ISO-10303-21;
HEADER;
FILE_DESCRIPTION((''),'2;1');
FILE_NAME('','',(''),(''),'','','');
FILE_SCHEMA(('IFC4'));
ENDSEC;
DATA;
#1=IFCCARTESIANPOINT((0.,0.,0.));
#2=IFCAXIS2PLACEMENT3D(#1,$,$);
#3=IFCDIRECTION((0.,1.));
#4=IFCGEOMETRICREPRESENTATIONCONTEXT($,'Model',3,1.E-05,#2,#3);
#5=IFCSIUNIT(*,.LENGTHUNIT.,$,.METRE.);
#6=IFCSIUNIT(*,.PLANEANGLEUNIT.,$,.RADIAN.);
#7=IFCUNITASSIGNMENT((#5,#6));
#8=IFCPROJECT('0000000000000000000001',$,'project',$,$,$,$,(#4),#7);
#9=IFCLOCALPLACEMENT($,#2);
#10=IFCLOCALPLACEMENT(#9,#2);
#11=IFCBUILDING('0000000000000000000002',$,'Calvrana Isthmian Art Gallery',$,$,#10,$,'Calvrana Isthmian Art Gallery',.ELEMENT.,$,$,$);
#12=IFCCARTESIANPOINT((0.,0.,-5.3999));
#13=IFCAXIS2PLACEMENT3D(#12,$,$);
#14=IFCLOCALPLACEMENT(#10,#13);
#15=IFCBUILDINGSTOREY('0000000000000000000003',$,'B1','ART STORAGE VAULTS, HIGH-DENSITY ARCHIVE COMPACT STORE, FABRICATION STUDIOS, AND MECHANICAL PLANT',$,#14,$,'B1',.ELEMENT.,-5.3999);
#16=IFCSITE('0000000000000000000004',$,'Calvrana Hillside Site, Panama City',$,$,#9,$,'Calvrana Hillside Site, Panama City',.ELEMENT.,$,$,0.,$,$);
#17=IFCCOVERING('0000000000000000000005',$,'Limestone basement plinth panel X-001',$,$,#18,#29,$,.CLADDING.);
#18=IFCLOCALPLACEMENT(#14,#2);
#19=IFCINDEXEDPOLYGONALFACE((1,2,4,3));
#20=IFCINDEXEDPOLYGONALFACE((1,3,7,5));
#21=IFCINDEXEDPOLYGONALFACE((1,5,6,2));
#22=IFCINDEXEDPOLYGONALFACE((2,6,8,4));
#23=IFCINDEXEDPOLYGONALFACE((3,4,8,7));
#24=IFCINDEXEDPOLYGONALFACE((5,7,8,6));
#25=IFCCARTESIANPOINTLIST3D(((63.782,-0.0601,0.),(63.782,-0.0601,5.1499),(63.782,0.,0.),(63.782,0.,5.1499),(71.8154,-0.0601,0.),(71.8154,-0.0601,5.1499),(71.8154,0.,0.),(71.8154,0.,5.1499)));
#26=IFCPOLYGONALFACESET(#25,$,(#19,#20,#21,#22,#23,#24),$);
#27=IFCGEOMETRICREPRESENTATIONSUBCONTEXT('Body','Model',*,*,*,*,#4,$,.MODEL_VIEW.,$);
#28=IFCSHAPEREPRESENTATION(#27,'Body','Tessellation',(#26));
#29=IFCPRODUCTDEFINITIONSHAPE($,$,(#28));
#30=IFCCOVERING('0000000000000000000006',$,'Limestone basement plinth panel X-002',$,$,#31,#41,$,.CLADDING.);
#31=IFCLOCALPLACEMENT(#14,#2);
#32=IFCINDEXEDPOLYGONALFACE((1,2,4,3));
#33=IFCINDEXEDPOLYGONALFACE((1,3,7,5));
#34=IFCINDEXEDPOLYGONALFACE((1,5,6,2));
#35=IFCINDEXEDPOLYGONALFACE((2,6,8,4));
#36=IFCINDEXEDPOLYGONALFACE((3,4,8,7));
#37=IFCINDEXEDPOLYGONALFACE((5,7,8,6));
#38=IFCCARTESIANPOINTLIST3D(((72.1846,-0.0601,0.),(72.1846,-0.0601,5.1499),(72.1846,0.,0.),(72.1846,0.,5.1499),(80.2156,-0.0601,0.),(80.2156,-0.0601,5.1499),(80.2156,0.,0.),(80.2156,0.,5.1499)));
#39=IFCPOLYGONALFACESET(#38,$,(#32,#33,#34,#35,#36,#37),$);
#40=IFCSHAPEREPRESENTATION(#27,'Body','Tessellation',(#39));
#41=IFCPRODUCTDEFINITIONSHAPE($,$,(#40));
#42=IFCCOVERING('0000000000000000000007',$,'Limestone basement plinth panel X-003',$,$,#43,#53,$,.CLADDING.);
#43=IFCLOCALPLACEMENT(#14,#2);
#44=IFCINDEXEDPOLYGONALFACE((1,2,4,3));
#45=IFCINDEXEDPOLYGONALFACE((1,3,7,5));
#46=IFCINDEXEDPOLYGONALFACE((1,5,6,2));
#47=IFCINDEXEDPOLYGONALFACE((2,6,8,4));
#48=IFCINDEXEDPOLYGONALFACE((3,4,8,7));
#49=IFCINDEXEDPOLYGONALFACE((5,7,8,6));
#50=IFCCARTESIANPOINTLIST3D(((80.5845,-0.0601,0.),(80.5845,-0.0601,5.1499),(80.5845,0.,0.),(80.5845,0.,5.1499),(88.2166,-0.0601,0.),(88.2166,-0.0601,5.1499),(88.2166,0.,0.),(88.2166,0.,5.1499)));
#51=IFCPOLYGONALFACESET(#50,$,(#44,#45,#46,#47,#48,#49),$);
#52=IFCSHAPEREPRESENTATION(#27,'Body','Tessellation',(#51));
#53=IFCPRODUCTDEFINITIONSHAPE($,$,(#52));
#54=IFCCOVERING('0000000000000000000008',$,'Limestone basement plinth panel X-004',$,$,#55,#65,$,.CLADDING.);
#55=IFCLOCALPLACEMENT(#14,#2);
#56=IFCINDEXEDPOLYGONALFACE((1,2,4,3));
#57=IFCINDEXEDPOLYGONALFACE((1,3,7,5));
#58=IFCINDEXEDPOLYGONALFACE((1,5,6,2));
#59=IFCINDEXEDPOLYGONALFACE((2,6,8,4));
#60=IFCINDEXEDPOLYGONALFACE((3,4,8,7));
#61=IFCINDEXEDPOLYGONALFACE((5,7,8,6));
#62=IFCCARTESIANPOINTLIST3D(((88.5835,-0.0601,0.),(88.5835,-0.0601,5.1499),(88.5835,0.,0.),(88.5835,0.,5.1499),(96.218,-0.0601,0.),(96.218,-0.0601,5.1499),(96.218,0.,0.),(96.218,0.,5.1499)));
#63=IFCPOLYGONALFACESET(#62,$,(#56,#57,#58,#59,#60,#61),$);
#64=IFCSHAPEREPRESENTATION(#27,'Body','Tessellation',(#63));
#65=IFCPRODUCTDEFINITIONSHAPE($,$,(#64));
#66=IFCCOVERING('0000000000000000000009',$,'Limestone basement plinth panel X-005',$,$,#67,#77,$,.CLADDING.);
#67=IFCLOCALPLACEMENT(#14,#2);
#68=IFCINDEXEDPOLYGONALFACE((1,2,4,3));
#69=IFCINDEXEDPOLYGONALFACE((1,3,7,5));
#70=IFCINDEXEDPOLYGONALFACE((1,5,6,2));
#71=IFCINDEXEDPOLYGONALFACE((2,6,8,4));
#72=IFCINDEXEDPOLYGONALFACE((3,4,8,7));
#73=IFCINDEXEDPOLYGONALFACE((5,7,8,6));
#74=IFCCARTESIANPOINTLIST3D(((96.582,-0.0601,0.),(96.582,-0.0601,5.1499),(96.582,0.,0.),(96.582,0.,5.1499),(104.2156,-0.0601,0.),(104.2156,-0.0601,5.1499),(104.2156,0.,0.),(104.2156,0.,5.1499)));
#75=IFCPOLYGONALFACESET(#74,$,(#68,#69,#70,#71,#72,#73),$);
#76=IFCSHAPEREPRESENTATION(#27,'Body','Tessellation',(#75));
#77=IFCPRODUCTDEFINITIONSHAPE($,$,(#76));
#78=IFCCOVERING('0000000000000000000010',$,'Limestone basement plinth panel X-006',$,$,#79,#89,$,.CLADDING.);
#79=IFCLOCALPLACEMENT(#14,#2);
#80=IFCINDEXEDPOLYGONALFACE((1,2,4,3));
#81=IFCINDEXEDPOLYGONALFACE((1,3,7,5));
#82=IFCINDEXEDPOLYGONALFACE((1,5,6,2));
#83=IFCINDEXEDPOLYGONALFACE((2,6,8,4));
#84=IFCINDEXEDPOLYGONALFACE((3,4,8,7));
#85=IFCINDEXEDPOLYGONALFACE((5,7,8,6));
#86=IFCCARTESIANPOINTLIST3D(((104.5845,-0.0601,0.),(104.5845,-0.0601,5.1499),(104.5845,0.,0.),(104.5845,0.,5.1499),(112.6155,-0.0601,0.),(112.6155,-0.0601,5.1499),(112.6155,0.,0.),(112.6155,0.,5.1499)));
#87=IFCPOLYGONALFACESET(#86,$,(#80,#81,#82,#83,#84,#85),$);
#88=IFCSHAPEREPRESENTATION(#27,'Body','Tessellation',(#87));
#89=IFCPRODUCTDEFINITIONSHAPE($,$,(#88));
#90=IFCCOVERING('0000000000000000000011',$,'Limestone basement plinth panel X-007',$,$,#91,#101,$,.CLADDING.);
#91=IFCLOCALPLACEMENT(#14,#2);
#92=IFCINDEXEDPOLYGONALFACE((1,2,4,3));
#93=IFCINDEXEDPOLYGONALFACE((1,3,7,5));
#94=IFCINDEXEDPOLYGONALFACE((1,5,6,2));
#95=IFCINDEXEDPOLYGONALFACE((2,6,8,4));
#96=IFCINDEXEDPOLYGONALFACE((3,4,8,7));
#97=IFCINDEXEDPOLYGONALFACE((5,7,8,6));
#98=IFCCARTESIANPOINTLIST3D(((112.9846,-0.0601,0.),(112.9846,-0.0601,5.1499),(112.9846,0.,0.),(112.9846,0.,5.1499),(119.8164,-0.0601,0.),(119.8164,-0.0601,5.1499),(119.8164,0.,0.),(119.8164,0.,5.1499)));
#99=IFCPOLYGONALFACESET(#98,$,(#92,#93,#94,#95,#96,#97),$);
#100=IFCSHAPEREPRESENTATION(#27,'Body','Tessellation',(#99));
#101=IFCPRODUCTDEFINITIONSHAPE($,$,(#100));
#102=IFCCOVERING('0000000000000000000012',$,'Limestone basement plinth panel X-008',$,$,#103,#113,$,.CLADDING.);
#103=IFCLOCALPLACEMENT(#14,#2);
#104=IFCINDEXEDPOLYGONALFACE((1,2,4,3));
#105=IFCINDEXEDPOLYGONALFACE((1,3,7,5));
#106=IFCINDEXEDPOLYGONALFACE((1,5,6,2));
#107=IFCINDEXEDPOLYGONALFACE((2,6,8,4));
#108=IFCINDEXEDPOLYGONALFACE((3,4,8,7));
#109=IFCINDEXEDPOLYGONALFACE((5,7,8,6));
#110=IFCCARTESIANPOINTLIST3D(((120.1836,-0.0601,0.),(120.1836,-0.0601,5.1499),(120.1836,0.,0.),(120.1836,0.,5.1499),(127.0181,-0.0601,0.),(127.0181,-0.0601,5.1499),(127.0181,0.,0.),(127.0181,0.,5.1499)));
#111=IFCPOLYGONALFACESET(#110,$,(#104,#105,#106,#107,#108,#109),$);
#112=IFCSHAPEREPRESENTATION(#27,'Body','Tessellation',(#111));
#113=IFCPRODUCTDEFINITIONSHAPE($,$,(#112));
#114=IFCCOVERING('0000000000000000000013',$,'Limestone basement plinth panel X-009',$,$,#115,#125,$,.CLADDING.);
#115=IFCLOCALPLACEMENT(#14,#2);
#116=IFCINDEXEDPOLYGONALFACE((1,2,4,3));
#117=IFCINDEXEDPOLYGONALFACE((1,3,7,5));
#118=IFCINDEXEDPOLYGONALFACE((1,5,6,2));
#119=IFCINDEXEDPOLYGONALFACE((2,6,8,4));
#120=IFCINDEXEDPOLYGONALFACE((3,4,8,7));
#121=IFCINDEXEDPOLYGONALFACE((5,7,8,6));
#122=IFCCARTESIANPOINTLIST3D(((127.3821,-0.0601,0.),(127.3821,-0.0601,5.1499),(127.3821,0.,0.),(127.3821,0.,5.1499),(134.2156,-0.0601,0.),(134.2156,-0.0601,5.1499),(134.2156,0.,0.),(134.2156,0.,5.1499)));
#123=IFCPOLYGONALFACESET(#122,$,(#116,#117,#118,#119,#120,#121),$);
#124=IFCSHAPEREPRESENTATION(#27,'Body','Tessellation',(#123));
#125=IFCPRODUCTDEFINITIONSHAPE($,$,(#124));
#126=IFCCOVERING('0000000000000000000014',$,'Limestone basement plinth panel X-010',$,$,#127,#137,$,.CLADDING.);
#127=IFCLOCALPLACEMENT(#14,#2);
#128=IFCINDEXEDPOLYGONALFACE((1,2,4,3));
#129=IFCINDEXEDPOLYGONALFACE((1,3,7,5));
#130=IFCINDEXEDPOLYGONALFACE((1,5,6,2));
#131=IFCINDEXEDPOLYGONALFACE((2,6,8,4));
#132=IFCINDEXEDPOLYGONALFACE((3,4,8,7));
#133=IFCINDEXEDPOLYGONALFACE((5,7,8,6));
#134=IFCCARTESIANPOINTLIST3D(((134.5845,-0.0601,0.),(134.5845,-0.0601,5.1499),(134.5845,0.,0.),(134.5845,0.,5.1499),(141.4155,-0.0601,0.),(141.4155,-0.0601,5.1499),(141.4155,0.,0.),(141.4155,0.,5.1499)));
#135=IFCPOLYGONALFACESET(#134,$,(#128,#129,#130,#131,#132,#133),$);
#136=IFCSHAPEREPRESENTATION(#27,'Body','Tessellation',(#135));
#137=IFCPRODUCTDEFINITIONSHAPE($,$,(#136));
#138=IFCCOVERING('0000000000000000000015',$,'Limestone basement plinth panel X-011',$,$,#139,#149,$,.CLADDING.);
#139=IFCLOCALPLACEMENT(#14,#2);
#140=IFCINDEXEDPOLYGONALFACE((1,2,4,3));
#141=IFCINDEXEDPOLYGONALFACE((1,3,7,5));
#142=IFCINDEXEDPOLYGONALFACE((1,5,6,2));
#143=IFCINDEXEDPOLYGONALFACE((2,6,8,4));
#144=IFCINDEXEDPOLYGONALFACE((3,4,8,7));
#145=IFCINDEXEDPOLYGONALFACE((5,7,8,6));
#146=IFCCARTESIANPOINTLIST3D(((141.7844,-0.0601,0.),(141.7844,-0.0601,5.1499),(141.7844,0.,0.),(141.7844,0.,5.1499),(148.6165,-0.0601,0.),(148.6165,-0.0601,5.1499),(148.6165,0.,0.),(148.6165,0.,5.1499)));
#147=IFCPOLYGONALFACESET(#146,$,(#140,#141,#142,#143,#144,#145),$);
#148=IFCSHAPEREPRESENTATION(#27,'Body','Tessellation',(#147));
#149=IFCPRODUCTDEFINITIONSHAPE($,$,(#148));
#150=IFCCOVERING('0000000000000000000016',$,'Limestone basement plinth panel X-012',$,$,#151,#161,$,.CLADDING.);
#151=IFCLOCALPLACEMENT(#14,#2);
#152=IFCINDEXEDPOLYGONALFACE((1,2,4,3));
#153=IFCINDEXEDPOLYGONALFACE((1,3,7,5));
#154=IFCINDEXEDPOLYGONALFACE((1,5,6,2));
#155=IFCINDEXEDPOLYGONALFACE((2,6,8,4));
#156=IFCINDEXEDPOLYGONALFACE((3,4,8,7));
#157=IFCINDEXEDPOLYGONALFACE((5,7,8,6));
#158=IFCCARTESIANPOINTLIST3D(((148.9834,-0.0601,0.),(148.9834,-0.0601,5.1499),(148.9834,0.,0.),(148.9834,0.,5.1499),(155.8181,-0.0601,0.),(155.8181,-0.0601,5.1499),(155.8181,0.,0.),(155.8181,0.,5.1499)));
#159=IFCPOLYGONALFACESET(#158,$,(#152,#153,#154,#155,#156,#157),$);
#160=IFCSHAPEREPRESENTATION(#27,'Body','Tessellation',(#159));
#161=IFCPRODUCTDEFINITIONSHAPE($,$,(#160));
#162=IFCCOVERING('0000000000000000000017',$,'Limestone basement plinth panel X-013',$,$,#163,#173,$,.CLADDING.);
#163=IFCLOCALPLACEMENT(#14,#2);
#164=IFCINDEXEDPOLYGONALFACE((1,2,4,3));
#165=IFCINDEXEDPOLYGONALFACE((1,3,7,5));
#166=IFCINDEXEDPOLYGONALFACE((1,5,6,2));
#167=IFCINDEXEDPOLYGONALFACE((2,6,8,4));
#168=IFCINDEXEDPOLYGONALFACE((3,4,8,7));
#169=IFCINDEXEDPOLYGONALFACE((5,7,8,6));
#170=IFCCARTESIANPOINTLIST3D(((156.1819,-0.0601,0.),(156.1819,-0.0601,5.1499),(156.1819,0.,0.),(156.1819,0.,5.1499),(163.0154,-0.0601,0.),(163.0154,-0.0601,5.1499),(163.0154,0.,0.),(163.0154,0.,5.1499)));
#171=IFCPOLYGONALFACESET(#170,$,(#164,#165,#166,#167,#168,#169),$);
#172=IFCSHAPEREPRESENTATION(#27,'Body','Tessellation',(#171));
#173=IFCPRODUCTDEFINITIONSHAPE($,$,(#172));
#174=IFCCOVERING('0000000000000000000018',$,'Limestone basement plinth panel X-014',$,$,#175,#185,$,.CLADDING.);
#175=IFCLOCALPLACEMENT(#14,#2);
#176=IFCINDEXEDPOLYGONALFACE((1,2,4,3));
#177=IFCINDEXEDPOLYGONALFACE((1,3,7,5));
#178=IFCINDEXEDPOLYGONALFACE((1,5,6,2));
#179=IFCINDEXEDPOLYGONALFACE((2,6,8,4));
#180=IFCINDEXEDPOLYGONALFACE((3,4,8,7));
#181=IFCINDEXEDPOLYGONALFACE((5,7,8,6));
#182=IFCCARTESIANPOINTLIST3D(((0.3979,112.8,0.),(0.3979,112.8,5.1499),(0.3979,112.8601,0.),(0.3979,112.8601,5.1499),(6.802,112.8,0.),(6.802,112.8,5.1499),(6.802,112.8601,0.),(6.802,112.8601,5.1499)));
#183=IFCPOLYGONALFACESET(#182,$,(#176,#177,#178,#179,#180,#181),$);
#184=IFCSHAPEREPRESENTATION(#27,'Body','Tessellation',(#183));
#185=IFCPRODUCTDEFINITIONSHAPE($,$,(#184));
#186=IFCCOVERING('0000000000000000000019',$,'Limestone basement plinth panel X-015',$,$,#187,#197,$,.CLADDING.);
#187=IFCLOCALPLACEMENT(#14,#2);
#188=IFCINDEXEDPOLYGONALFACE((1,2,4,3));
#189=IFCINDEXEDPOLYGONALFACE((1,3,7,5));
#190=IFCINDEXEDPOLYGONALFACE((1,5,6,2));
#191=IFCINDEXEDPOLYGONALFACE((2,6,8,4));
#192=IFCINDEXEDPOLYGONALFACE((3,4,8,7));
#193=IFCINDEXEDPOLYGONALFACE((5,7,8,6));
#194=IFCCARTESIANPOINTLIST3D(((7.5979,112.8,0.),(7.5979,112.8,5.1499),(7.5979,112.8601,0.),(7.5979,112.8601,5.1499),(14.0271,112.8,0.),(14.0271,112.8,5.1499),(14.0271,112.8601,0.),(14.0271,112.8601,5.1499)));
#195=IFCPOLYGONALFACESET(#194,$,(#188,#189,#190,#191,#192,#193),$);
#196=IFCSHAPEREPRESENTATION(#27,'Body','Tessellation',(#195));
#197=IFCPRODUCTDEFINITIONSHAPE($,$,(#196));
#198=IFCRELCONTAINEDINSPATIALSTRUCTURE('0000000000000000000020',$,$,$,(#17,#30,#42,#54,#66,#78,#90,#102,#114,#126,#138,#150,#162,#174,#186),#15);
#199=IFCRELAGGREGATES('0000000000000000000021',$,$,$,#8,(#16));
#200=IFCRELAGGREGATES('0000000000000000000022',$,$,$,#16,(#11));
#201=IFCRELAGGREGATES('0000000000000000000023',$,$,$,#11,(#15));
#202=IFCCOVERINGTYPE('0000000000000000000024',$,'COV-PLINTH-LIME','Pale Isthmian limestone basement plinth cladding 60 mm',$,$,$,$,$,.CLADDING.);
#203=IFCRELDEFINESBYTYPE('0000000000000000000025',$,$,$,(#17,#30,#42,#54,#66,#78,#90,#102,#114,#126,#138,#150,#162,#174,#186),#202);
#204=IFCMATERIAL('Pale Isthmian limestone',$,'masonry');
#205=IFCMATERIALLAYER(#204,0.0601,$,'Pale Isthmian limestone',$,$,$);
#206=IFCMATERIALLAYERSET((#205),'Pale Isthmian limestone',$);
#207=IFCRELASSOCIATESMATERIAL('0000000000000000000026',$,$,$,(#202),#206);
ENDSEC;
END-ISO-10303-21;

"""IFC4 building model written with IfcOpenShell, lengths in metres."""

from ifc_helpers import new_model, si_unit, direction, frame, origin, place, context, subcontext, project, spatial, polyline, outline, extrude, material, layer, layer_set, type_object, element, save


model = new_model("IFC4")

# Units and contexts
model_context = context("Model", 3, precision=1e-05, world=origin(), true_north=direction((0.0, 1.0)))
body_context = subcontext(model_context, "Body", "Model", "MODEL_VIEW")
ifc_project = project(units=[si_unit("LENGTHUNIT", "METRE"), si_unit("PLANEANGLEUNIT", "RADIAN")], contexts=[model_context])

# Site, building, storey
site_placement = place(None, origin())
site = spatial("IfcSite", under=ifc_project, at=site_placement, Name="Calvrana Hillside Site, Panama City", LongName="Calvrana Hillside Site, Panama City", CompositionType="ELEMENT", RefElevation=0.0)
building_placement = place(site_placement, origin())
building = spatial("IfcBuilding", under=site, at=building_placement, Name="Calvrana Isthmian Art Gallery", LongName="Calvrana Isthmian Art Gallery", CompositionType="ELEMENT")
storey_placement = place(building_placement, frame((0.0, 0.0, -5.3999)))
storey = spatial("IfcBuildingStorey", under=building, at=storey_placement, Name="B1", Description="ART STORAGE VAULTS, HIGH-DENSITY ARCHIVE COMPACT STORE, FABRICATION STUDIOS, AND MECHANICAL PLANT", LongName="B1", CompositionType="ELEMENT", Elevation=-5.3999)

# Coverings
ifc_material_1 = material(Name="Pale Isthmian limestone", Category="masonry")
ifc_layer = layer(ifc_material_1, 0.0601, Name="Pale Isthmian limestone")
ifc_layer_set = layer_set([ifc_layer], Name="Pale Isthmian limestone")
covering_type = type_object("IfcCoveringType", Name="COV-PLINTH-LIME", Description="Pale Isthmian limestone basement plinth cladding 60 mm", PredefinedType="CLADDING", material=ifc_layer_set)
covering_1_placement = place(storey_placement, origin())
element("IfcCovering", 1, at=covering_1_placement, inside=storey, type_object=covering_type, Name="Limestone basement plinth panel X-001", PredefinedType="CLADDING", context=body_context, shape_type="SweptSolid", body=[
    extrude(outline(polyline([(63.782, -0.0601), (71.8154, -0.0601), (71.8154, 0.0), (63.782, 0.0), (63.782, -0.0601)])), origin(), (0.0, 0.0, 1.0), 5.1499),
])
covering_2_placement = place(storey_placement, origin())
element("IfcCovering", 2, at=covering_2_placement, inside=storey, type_object=covering_type, Name="Limestone basement plinth panel X-002", PredefinedType="CLADDING", context=body_context, shape_type="SweptSolid", body=[
    extrude(outline(polyline([(72.1846, -0.0601), (80.2156, -0.0601), (80.2156, 0.0), (72.1846, 0.0), (72.1846, -0.0601)])), origin(), (0.0, 0.0, 1.0), 5.1499),
])
covering_3_placement = place(storey_placement, origin())
element("IfcCovering", 3, at=covering_3_placement, inside=storey, type_object=covering_type, Name="Limestone basement plinth panel X-003", PredefinedType="CLADDING", context=body_context, shape_type="SweptSolid", body=[
    extrude(outline(polyline([(80.5845, -0.0601), (88.2166, -0.0601), (88.2166, 0.0), (80.5845, 0.0), (80.5845, -0.0601)])), origin(), (0.0, 0.0, 1.0), 5.1499),
])
covering_4_placement = place(storey_placement, origin())
element("IfcCovering", 4, at=covering_4_placement, inside=storey, type_object=covering_type, Name="Limestone basement plinth panel X-004", PredefinedType="CLADDING", context=body_context, shape_type="SweptSolid", body=[
    extrude(outline(polyline([(88.5835, -0.0601), (96.218, -0.0601), (96.218, 0.0), (88.5835, 0.0), (88.5835, -0.0601)])), origin(), (0.0, 0.0, 1.0), 5.1499),
])
covering_5_placement = place(storey_placement, origin())
element("IfcCovering", 5, at=covering_5_placement, inside=storey, type_object=covering_type, Name="Limestone basement plinth panel X-005", PredefinedType="CLADDING", context=body_context, shape_type="SweptSolid", body=[
    extrude(outline(polyline([(96.582, -0.0601), (104.2156, -0.0601), (104.2156, 0.0), (96.582, 0.0), (96.582, -0.0601)])), origin(), (0.0, 0.0, 1.0), 5.1499),
])
covering_6_placement = place(storey_placement, origin())
element("IfcCovering", 6, at=covering_6_placement, inside=storey, type_object=covering_type, Name="Limestone basement plinth panel X-006", PredefinedType="CLADDING", context=body_context, shape_type="SweptSolid", body=[
    extrude(outline(polyline([(104.5845, -0.0601), (112.6155, -0.0601), (112.6155, 0.0), (104.5845, 0.0), (104.5845, -0.0601)])), origin(), (0.0, 0.0, 1.0), 5.1499),
])
covering_7_placement = place(storey_placement, origin())
element("IfcCovering", 7, at=covering_7_placement, inside=storey, type_object=covering_type, Name="Limestone basement plinth panel X-007", PredefinedType="CLADDING", context=body_context, shape_type="SweptSolid", body=[
    extrude(outline(polyline([(112.9846, -0.0601), (119.8164, -0.0601), (119.8164, 0.0), (112.9846, 0.0), (112.9846, -0.0601)])), origin(), (0.0, 0.0, 1.0), 5.1499),
])
covering_8_placement = place(storey_placement, origin())
element("IfcCovering", 8, at=covering_8_placement, inside=storey, type_object=covering_type, Name="Limestone basement plinth panel X-008", PredefinedType="CLADDING", context=body_context, shape_type="SweptSolid", body=[
    extrude(outline(polyline([(120.1836, -0.0601), (127.0181, -0.0601), (127.0181, 0.0), (120.1836, 0.0), (120.1836, -0.0601)])), origin(), (0.0, 0.0, 1.0), 5.1499),
])
covering_9_placement = place(storey_placement, origin())
element("IfcCovering", 9, at=covering_9_placement, inside=storey, type_object=covering_type, Name="Limestone basement plinth panel X-009", PredefinedType="CLADDING", context=body_context, shape_type="SweptSolid", body=[
    extrude(outline(polyline([(127.3821, -0.0601), (134.2156, -0.0601), (134.2156, 0.0), (127.3821, 0.0), (127.3821, -0.0601)])), origin(), (0.0, 0.0, 1.0), 5.1499),
])
covering_10_placement = place(storey_placement, origin())
element("IfcCovering", 10, at=covering_10_placement, inside=storey, type_object=covering_type, Name="Limestone basement plinth panel X-010", PredefinedType="CLADDING", context=body_context, shape_type="SweptSolid", body=[
    extrude(outline(polyline([(134.5845, -0.0601), (141.4155, -0.0601), (141.4155, 0.0), (134.5845, 0.0), (134.5845, -0.0601)])), origin(), (0.0, 0.0, 1.0), 5.1499),
])
covering_11_placement = place(storey_placement, origin())
element("IfcCovering", 11, at=covering_11_placement, inside=storey, type_object=covering_type, Name="Limestone basement plinth panel X-011", PredefinedType="CLADDING", context=body_context, shape_type="SweptSolid", body=[
    extrude(outline(polyline([(141.7844, -0.0601), (148.6165, -0.0601), (148.6165, 0.0), (141.7844, 0.0), (141.7844, -0.0601)])), origin(), (0.0, 0.0, 1.0), 5.1499),
])
covering_12_placement = place(storey_placement, origin())
element("IfcCovering", 12, at=covering_12_placement, inside=storey, type_object=covering_type, Name="Limestone basement plinth panel X-012", PredefinedType="CLADDING", context=body_context, shape_type="SweptSolid", body=[
    extrude(outline(polyline([(148.9834, -0.0601), (155.8181, -0.0601), (155.8181, 0.0), (148.9834, 0.0), (148.9834, -0.0601)])), origin(), (0.0, 0.0, 1.0), 5.1499),
])
covering_13_placement = place(storey_placement, origin())
element("IfcCovering", 13, at=covering_13_placement, inside=storey, type_object=covering_type, Name="Limestone basement plinth panel X-013", PredefinedType="CLADDING", context=body_context, shape_type="SweptSolid", body=[
    extrude(outline(polyline([(156.1819, -0.0601), (163.0154, -0.0601), (163.0154, 0.0), (156.1819, 0.0), (156.1819, -0.0601)])), origin(), (0.0, 0.0, 1.0), 5.1499),
])
covering_14_placement = place(storey_placement, origin())
element("IfcCovering", 14, at=covering_14_placement, inside=storey, type_object=covering_type, Name="Limestone basement plinth panel X-014", PredefinedType="CLADDING", context=body_context, shape_type="SweptSolid", body=[
    extrude(outline(polyline([(0.3979, 112.8), (6.802, 112.8), (6.802, 112.8601), (0.3979, 112.8601), (0.3979, 112.8)])), origin(), (0.0, 0.0, 1.0), 5.1499),
])
covering_15_placement = place(storey_placement, origin())
element("IfcCovering", 15, at=covering_15_placement, inside=storey, type_object=covering_type, Name="Limestone basement plinth panel X-015", PredefinedType="CLADDING", context=body_context, shape_type="SweptSolid", body=[
    extrude(outline(polyline([(7.5979, 112.8), (14.0271, 112.8), (14.0271, 112.8601), (7.5979, 112.8601), (7.5979, 112.8)])), origin(), (0.0, 0.0, 1.0), 5.1499),
])

save(model, "model.ifc")
